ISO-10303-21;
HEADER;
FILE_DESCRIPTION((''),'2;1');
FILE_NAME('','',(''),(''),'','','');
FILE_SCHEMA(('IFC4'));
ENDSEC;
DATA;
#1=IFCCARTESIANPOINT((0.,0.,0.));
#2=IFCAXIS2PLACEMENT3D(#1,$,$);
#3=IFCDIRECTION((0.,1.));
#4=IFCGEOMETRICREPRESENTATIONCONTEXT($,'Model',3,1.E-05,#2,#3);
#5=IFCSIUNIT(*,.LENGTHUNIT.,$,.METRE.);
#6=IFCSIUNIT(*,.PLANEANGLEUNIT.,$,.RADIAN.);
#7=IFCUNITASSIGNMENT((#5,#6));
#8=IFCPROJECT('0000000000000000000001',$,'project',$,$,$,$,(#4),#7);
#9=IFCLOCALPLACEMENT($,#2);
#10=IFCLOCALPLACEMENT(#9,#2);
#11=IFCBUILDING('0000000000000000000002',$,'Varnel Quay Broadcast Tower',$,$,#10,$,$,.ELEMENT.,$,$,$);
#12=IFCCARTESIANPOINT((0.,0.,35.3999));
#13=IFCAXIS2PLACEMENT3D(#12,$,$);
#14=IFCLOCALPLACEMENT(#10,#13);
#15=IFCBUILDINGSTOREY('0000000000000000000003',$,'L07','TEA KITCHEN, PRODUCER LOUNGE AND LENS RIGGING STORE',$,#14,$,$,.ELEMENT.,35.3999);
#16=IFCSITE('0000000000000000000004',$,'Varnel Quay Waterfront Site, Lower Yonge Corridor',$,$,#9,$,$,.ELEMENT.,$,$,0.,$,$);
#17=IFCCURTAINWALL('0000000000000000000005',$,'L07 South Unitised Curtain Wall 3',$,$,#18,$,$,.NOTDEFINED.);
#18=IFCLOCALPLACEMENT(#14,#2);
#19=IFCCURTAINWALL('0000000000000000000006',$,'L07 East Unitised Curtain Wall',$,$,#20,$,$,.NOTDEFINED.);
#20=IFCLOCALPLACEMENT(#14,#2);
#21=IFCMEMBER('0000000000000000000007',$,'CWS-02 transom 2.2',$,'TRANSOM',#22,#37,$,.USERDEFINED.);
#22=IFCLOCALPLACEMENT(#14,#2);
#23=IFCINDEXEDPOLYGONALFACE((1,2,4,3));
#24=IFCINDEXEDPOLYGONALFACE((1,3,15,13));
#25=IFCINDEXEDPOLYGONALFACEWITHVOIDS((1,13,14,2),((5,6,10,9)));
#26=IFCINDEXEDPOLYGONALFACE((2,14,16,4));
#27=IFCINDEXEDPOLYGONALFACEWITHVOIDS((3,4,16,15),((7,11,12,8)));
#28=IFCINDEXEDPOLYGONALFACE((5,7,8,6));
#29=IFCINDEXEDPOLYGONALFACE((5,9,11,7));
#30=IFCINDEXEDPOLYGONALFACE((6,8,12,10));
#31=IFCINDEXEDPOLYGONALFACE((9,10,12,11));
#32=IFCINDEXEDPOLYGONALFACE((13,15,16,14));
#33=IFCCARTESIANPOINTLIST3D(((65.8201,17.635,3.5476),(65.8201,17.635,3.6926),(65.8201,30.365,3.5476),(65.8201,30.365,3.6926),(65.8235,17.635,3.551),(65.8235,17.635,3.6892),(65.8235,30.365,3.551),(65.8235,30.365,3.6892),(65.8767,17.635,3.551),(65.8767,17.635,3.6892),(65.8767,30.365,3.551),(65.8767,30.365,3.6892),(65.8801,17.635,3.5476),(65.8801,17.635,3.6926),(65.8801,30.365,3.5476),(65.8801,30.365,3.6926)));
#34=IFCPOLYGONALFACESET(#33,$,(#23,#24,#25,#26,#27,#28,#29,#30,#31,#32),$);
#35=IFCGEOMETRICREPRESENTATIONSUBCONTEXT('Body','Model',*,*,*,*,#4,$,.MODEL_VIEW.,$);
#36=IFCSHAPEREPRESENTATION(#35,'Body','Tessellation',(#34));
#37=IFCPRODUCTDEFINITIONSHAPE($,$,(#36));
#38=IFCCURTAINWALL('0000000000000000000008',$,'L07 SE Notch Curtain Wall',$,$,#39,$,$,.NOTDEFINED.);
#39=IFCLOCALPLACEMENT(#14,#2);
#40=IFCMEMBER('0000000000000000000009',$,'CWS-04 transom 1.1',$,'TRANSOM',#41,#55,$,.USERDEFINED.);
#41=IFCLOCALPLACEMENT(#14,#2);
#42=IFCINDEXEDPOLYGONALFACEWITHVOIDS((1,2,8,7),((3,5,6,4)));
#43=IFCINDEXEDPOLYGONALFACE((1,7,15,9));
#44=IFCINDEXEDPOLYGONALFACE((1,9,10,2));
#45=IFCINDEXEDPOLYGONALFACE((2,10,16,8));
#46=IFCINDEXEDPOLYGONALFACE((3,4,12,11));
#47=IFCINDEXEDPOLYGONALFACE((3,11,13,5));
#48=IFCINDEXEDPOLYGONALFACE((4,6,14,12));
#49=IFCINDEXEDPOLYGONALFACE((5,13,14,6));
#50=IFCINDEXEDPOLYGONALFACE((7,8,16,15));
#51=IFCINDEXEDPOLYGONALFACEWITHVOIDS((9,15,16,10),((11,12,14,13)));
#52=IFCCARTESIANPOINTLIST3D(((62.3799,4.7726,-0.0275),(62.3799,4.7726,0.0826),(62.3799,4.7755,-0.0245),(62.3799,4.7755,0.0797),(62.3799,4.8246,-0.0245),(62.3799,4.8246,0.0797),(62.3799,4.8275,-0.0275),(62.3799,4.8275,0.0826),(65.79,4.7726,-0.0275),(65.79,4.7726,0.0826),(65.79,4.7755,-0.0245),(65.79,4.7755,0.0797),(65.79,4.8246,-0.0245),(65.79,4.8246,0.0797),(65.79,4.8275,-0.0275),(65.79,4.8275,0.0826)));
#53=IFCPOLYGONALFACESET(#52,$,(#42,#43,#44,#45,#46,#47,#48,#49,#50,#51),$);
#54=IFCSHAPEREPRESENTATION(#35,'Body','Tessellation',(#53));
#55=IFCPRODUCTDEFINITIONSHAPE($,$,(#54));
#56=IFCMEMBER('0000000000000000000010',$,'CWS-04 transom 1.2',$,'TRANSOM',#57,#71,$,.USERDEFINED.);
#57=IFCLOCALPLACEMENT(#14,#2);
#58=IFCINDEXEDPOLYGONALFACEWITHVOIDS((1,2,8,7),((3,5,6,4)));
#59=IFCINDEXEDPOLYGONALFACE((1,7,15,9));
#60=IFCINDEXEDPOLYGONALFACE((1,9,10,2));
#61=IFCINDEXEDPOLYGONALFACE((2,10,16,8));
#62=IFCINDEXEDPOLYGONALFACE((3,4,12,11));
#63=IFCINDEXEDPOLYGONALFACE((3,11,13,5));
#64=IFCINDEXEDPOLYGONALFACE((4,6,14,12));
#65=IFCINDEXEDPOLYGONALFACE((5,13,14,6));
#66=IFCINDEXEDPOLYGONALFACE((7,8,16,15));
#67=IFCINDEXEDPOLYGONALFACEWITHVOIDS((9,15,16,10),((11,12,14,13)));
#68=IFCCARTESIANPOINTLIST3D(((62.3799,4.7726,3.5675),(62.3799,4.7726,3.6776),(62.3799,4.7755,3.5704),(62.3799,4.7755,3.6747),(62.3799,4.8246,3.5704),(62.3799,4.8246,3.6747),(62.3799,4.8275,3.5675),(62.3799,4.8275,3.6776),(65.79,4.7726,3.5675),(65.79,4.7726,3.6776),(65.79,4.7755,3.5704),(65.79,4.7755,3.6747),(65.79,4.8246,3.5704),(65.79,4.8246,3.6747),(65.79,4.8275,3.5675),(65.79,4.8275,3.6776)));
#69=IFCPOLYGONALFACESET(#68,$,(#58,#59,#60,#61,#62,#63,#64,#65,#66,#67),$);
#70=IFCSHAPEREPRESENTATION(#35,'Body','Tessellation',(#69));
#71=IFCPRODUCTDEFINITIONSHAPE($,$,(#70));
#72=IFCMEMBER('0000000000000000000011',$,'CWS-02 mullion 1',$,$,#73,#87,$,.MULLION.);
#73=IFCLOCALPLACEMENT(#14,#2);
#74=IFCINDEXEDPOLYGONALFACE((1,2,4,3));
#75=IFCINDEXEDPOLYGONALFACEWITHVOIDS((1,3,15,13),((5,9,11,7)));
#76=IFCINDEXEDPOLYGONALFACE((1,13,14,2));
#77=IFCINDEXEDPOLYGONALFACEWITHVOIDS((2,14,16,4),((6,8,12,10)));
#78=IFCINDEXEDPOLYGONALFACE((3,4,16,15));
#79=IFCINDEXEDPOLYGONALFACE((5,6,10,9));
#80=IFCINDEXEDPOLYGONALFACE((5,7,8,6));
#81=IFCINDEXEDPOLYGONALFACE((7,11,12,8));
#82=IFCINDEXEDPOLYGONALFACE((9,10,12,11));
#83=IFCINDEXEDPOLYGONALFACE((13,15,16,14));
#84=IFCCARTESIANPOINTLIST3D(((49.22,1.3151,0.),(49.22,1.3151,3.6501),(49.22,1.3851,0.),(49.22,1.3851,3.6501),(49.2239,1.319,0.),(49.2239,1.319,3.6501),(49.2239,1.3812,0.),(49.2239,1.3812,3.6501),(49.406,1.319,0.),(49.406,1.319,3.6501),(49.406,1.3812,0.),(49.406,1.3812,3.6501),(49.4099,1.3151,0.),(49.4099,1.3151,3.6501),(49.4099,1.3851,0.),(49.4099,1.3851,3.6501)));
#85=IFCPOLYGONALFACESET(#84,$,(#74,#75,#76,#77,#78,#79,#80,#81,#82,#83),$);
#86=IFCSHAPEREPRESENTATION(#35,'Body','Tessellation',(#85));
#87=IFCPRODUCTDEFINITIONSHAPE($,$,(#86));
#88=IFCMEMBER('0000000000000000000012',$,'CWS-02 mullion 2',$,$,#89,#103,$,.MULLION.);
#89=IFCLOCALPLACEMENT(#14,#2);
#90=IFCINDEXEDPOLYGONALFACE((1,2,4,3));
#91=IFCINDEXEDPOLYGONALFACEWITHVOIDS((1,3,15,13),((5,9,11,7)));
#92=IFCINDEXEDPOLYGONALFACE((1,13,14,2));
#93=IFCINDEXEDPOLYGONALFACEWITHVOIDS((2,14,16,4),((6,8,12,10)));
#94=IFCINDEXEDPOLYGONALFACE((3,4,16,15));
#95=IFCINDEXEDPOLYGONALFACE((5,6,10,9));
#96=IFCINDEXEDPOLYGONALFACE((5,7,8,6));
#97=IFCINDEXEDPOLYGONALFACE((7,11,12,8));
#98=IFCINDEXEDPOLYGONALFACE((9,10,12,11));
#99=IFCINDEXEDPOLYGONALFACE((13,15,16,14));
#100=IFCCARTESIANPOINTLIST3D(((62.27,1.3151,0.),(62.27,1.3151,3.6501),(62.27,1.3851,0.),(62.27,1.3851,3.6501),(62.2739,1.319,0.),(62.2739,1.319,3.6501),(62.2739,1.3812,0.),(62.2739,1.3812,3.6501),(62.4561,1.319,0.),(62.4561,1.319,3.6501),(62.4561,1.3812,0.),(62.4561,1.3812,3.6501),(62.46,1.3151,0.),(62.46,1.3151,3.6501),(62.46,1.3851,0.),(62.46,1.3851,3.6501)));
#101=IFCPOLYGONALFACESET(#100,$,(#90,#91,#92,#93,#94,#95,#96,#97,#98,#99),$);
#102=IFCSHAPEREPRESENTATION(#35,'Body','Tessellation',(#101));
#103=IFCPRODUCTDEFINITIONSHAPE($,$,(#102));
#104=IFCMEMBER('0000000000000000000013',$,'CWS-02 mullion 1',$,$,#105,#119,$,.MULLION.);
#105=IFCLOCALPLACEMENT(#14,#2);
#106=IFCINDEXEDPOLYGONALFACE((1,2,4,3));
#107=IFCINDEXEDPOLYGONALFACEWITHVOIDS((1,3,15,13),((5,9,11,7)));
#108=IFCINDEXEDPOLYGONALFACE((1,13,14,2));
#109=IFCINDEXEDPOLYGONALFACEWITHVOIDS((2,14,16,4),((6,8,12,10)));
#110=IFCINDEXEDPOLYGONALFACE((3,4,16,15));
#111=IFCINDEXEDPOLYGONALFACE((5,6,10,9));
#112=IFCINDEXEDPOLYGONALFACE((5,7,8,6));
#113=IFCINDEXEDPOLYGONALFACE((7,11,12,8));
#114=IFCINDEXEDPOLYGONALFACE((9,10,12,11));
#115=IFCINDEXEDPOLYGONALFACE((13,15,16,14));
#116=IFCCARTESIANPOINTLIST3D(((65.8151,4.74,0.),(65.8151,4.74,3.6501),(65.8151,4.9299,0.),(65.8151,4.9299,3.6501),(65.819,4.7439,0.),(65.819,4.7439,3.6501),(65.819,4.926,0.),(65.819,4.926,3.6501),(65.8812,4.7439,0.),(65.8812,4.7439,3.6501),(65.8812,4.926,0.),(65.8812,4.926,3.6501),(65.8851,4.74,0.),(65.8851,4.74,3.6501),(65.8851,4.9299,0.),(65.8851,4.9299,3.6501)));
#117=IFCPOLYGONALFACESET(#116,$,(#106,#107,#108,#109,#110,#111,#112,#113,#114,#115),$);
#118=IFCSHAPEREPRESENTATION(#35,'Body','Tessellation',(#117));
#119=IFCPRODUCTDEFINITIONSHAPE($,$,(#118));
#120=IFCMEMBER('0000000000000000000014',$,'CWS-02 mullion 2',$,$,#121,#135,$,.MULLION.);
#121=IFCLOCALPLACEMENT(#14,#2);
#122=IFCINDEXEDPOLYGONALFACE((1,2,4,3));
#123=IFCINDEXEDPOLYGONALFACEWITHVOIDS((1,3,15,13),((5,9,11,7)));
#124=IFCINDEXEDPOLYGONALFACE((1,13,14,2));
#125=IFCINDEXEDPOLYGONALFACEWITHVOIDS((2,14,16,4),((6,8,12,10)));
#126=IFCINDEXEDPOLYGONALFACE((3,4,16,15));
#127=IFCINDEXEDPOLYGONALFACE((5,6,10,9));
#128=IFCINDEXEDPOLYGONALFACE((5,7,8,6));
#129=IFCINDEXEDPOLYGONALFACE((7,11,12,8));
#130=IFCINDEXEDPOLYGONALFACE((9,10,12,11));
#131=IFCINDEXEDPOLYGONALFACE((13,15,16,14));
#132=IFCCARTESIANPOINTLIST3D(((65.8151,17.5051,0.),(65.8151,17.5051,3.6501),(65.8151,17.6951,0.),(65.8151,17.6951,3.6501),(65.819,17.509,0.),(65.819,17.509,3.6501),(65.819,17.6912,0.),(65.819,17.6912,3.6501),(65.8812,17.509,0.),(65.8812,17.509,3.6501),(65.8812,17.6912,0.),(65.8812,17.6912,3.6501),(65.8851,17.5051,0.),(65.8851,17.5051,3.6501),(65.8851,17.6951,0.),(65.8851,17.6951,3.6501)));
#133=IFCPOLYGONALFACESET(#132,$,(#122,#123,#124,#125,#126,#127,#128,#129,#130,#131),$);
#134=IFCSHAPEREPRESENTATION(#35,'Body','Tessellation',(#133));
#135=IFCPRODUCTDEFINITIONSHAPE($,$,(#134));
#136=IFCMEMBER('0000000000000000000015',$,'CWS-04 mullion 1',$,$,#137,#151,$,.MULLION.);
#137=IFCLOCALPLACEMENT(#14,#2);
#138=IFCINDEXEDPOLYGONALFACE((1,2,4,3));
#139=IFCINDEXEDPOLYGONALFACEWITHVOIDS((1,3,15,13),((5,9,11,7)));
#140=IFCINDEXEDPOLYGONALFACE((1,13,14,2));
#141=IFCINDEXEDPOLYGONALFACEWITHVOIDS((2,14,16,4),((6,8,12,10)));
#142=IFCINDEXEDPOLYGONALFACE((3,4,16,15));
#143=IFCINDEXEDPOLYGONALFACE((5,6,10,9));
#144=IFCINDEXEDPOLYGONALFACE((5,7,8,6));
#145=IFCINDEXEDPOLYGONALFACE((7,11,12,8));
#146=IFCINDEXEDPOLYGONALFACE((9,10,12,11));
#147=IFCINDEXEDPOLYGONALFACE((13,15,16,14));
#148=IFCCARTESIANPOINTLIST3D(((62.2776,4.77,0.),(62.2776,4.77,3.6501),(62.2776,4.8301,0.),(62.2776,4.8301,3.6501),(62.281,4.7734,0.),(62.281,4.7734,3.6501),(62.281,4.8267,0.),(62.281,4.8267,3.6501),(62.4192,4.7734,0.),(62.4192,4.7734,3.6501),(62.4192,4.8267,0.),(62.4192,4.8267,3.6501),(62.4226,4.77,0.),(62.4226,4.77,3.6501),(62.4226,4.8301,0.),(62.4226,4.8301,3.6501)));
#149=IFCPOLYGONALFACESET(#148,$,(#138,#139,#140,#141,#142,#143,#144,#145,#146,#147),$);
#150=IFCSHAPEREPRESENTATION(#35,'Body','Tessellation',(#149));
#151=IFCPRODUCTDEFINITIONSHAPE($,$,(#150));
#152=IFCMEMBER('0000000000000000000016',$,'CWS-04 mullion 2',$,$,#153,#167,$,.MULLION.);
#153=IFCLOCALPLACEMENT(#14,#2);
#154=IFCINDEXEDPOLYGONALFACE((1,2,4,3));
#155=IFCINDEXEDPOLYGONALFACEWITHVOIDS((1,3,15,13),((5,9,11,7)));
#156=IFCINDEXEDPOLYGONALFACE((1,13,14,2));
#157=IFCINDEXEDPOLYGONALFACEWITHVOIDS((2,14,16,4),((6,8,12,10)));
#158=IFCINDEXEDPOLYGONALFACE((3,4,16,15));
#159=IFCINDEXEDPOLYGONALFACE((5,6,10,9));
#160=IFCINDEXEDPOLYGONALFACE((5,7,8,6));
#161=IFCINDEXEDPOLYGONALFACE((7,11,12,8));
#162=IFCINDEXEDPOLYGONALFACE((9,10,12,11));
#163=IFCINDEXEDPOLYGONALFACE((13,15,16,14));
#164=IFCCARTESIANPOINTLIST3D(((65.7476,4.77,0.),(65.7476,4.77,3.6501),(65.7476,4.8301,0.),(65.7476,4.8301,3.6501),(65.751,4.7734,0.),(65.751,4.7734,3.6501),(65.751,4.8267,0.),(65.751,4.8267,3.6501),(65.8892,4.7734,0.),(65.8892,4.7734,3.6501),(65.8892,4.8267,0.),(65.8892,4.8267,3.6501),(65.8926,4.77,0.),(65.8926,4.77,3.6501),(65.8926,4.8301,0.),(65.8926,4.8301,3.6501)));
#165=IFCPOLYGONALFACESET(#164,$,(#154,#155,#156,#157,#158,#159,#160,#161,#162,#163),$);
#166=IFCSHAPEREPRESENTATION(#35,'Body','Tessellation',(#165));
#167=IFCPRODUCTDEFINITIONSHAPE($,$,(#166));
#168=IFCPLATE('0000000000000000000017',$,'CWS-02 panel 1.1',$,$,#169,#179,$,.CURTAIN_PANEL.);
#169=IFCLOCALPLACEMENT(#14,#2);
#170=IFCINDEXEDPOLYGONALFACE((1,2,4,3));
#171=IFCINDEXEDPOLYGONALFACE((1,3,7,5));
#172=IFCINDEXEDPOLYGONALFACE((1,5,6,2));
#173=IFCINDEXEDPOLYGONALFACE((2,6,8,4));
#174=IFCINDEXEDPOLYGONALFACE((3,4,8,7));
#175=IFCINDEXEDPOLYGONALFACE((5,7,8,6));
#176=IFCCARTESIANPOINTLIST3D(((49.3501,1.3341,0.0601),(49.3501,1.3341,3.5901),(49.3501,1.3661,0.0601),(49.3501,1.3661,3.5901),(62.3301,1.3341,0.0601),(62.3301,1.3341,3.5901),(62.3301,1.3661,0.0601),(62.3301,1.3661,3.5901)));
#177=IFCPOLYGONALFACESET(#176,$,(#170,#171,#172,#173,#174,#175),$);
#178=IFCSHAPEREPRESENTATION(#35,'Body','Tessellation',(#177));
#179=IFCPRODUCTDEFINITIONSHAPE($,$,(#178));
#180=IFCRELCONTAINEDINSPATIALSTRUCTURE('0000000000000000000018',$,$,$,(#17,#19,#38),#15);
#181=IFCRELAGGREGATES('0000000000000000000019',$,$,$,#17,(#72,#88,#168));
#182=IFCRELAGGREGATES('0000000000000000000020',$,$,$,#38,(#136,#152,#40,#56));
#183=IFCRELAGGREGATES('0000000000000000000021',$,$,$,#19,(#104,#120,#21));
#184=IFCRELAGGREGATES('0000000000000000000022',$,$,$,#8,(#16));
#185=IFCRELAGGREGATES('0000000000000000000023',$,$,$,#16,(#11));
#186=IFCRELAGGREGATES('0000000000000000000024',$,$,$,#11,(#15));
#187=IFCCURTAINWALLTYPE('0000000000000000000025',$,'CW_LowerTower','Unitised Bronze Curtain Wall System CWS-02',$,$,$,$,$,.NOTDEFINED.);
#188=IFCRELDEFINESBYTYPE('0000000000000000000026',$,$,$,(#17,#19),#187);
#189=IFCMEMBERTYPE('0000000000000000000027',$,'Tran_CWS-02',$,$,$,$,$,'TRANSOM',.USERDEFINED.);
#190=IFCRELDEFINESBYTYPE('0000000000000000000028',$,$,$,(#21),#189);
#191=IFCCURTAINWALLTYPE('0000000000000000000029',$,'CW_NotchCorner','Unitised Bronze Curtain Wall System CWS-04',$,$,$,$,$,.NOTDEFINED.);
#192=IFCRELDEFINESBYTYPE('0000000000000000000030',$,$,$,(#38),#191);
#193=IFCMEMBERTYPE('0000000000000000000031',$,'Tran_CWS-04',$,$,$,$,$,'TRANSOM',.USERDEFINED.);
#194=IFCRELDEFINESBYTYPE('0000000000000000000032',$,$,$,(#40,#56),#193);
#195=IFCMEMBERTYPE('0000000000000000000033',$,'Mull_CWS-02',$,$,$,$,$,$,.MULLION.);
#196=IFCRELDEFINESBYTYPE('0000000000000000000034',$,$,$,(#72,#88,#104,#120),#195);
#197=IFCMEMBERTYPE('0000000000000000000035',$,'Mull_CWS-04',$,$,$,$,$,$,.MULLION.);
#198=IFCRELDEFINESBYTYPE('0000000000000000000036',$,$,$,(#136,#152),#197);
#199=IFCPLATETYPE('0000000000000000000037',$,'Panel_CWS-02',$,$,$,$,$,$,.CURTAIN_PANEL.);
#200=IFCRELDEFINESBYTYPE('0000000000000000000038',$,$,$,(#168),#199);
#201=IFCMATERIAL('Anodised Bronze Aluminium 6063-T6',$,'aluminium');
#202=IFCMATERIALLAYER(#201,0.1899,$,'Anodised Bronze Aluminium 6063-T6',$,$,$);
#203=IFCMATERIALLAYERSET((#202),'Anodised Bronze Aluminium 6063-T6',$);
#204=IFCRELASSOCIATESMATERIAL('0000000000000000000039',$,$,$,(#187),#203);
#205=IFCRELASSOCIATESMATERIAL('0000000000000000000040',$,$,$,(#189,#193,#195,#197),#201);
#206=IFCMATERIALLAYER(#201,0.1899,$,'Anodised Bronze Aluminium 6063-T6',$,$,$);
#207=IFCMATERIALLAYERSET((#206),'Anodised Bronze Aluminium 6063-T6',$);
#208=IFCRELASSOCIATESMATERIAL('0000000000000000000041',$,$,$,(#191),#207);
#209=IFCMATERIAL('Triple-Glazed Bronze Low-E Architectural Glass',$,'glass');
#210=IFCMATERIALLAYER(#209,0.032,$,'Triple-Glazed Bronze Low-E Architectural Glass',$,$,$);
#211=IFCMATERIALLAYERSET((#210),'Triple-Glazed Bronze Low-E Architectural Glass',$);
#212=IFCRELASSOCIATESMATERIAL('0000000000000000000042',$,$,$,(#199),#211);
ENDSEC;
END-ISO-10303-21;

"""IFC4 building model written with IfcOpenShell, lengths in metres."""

from ifc_helpers import new_model, si_unit, direction, frame, origin, origin_2d, place, context, subcontext, project, spatial, rectangle, hollow_rectangle, extrude, source, transform, mapped, material, layer, layer_set, material_profile, profile_set, type_object, type_shapes, element, aggregate, save


model = new_model("IFC4")

# Units and contexts
model_context = context("Model", 3, precision=1e-05, world=origin(), true_north=direction((0.0, 1.0)))
body_context = subcontext(model_context, "Body", "Model", "MODEL_VIEW")
ifc_project = project(units=[si_unit("LENGTHUNIT", "METRE"), si_unit("PLANEANGLEUNIT", "RADIAN")], contexts=[model_context])

# Site, building, storey
site_placement = place(None, origin())
site = spatial("IfcSite", under=ifc_project, at=site_placement, Name="Varnel Quay Waterfront Site, Lower Yonge Corridor", CompositionType="ELEMENT", RefElevation=0.0)
building_placement = place(site_placement, origin())
building = spatial("IfcBuilding", under=site, at=building_placement, Name="Varnel Quay Broadcast Tower", CompositionType="ELEMENT")
storey_placement = place(building_placement, frame((0.0, 0.0, 35.3999)))
storey = spatial("IfcBuildingStorey", under=building, at=storey_placement, Name="L07", Description="TEA KITCHEN, PRODUCER LOUNGE AND LENS RIGGING STORE", CompositionType="ELEMENT", Elevation=35.3999)

# Curtain walls, members
ifc_material_1 = material(Name="Anodised Bronze Aluminium 6063-T6", Category="aluminium")
ifc_layer_1 = layer(ifc_material_1, 0.1899, Name="Anodised Bronze Aluminium 6063-T6")
ifc_layer_set_1 = layer_set([ifc_layer_1], Name="Anodised Bronze Aluminium 6063-T6")
curtain_wall_type_1 = type_object("IfcCurtainWallType", Name="CW_LowerTower", Description="Unitised Bronze Curtain Wall System CWS-02", PredefinedType="NOTDEFINED", material=ifc_layer_set_1)
curtain_wall_1_placement = place(storey_placement, origin())
curtain_wall_1 = element("IfcCurtainWall", 1, at=curtain_wall_1_placement, inside=storey, type_object=curtain_wall_type_1, Name="L07 South Unitised Curtain Wall 3", PredefinedType="NOTDEFINED")
ifc_material_profile_1 = material_profile(ifc_material_1, hollow_rectangle(XDim=0.0601, YDim=0.145, WallThickness=0.0034, at=origin_2d()), Name="ALU60X145X3.5")
ifc_profile_set_1 = profile_set([ifc_material_profile_1], Name="Anodised Bronze Aluminium 6063-T6")
member_type_1 = type_object("IfcMemberType", Name="Tran_CWS-02", ElementType="TRANSOM", PredefinedType="USERDEFINED", material=ifc_profile_set_1)
curtain_wall_2_placement = place(storey_placement, origin())
curtain_wall_2 = element("IfcCurtainWall", 2, at=curtain_wall_2_placement, inside=storey, type_object=curtain_wall_type_1, Name="L07 East Unitised Curtain Wall", PredefinedType="NOTDEFINED")
shared_shape_1 = source(origin(), body_context, "Body", "SweptSolid", [
    extrude(hollow_rectangle(XDim=0.0601, YDim=0.145, WallThickness=0.0034, at=origin_2d()), origin(), (0.0, 0.0, 1.0), 12.73),
])
member_1_placement = place(storey_placement, frame((65.8501, 17.635, 3.6201), z_axis=(0.0, 1.0, 0.0), x_axis=(-1.0, 0.0, 0.0)))
member_1 = element("IfcMember", 3, at=member_1_placement, type_object=member_type_1, Name="CWS-02 transom 2.2", ObjectType="TRANSOM", PredefinedType="USERDEFINED", context=body_context, shape_type="MappedRepresentation", body=[
    mapped(shared_shape_1, transform((0.0, 0.0, 0.0), x_axis=(1.0, 0.0, 0.0), y_axis=(0.0, 1.0, 0.0), z_axis=(0.0, 0.0, 1.0), scale=1.0)),
])
ifc_layer_2 = layer(ifc_material_1, 0.1899, Name="Anodised Bronze Aluminium 6063-T6")
ifc_layer_set_2 = layer_set([ifc_layer_2], Name="Anodised Bronze Aluminium 6063-T6")
curtain_wall_type_2 = type_object("IfcCurtainWallType", Name="CW_NotchCorner", Description="Unitised Bronze Curtain Wall System CWS-04", PredefinedType="NOTDEFINED", material=ifc_layer_set_2)
curtain_wall_3_placement = place(storey_placement, origin())
curtain_wall_3 = element("IfcCurtainWall", 4, at=curtain_wall_3_placement, inside=storey, type_object=curtain_wall_type_2, Name="L07 SE Notch Curtain Wall", PredefinedType="NOTDEFINED")
ifc_material_profile_2 = material_profile(ifc_material_1, hollow_rectangle(XDim=0.0549, YDim=0.1101, WallThickness=0.0029, at=origin_2d()), Name="ALU55X110X3")
ifc_profile_set_2 = profile_set([ifc_material_profile_2], Name="Anodised Bronze Aluminium 6063-T6")
member_type_2 = type_object("IfcMemberType", Name="Tran_CWS-04", ElementType="TRANSOM", PredefinedType="USERDEFINED", material=ifc_profile_set_2)
shared_shape_2 = source(origin(), body_context, "Body", "SweptSolid", [
    extrude(hollow_rectangle(XDim=0.0549, YDim=0.1101, WallThickness=0.0029, at=origin_2d()), origin(), (0.0, 0.0, 1.0), 3.4102),
])
type_shapes(member_type_2, [shared_shape_2])
member_2_placement = place(storey_placement, frame((62.3799, 4.8, 0.0276), z_axis=(1.0, 0.0, 0.0), x_axis=(0.0, 1.0, 0.0)))
member_2 = element("IfcMember", 5, at=member_2_placement, type_object=member_type_2, Name="CWS-04 transom 1.1", ObjectType="TRANSOM", PredefinedType="USERDEFINED", context=body_context, shape_type="MappedRepresentation", body=[
    mapped(shared_shape_2, transform((0.0, 0.0, 0.0), x_axis=(1.0, 0.0, 0.0), y_axis=(0.0, 1.0, 0.0), z_axis=(0.0, 0.0, 1.0), scale=1.0)),
])
member_3_placement = place(storey_placement, frame((62.3799, 4.8, 3.6226), z_axis=(1.0, 0.0, 0.0), x_axis=(0.0, 1.0, 0.0)))
member_3 = element("IfcMember", 6, at=member_3_placement, type_object=member_type_2, Name="CWS-04 transom 1.2", ObjectType="TRANSOM", PredefinedType="USERDEFINED", context=body_context, shape_type="MappedRepresentation", body=[
    mapped(shared_shape_2, transform((0.0, 0.0, 0.0), x_axis=(1.0, 0.0, 0.0), y_axis=(0.0, 1.0, 0.0), z_axis=(0.0, 0.0, 1.0), scale=1.0)),
])

# Members
ifc_material_profile_3 = material_profile(ifc_material_1, hollow_rectangle(XDim=0.0701, YDim=0.1899, WallThickness=0.0039, at=origin_2d()), Name="ALU70X190X4")
ifc_profile_set_3 = profile_set([ifc_material_profile_3], Name="Anodised Bronze Aluminium 6063-T6")
member_type_3 = type_object("IfcMemberType", Name="Mull_CWS-02", PredefinedType="MULLION", material=ifc_profile_set_3)
shared_shape_3 = source(origin(), body_context, "Body", "SweptSolid", [
    extrude(hollow_rectangle(XDim=0.0701, YDim=0.1899, WallThickness=0.0039, at=origin_2d()), origin(), (0.0, 0.0, 1.0), 3.6501),
])
type_shapes(member_type_3, [shared_shape_3])
member_4_placement = place(storey_placement, frame((49.3149, 1.3501, 0.0), z_axis=(0.0, 0.0, 1.0), x_axis=(0.0, 1.0, 0.0)))
member_4 = element("IfcMember", 7, at=member_4_placement, type_object=member_type_3, Name="CWS-02 mullion 1", PredefinedType="MULLION", context=body_context, shape_type="MappedRepresentation", body=[
    mapped(shared_shape_3, transform((0.0, 0.0, 0.0), x_axis=(1.0, 0.0, 0.0), y_axis=(0.0, 1.0, 0.0), z_axis=(0.0, 0.0, 1.0), scale=1.0)),
])
member_5_placement = place(storey_placement, frame((62.365, 1.3501, 0.0), z_axis=(0.0, 0.0, 1.0), x_axis=(0.0, 1.0, 0.0)))
member_5 = element("IfcMember", 8, at=member_5_placement, type_object=member_type_3, Name="CWS-02 mullion 2", PredefinedType="MULLION", context=body_context, shape_type="MappedRepresentation", body=[
    mapped(shared_shape_3, transform((0.0, 0.0, 0.0), x_axis=(1.0, 0.0, 0.0), y_axis=(0.0, 1.0, 0.0), z_axis=(0.0, 0.0, 1.0), scale=1.0)),
])
member_6_placement = place(storey_placement, frame((65.8501, 4.835, 0.0), z_axis=(0.0, 0.0, 1.0), x_axis=(-1.0, 0.0, 0.0)))
member_6 = element("IfcMember", 9, at=member_6_placement, type_object=member_type_3, Name="CWS-02 mullion 1", PredefinedType="MULLION", context=body_context, shape_type="MappedRepresentation", body=[
    mapped(shared_shape_3, transform((0.0, 0.0, 0.0), x_axis=(1.0, 0.0, 0.0), y_axis=(0.0, 1.0, 0.0), z_axis=(0.0, 0.0, 1.0), scale=1.0)),
])
member_7_placement = place(storey_placement, frame((65.8501, 17.6001, 0.0), z_axis=(0.0, 0.0, 1.0), x_axis=(-1.0, 0.0, 0.0)))
member_7 = element("IfcMember", 10, at=member_7_placement, type_object=member_type_3, Name="CWS-02 mullion 2", PredefinedType="MULLION", context=body_context, shape_type="MappedRepresentation", body=[
    mapped(shared_shape_3, transform((0.0, 0.0, 0.0), x_axis=(1.0, 0.0, 0.0), y_axis=(0.0, 1.0, 0.0), z_axis=(0.0, 0.0, 1.0), scale=1.0)),
])
ifc_material_profile_4 = material_profile(ifc_material_1, hollow_rectangle(XDim=0.0601, YDim=0.145, WallThickness=0.0034, at=origin_2d()), Name="ALU60X145X3.5")
ifc_profile_set_4 = profile_set([ifc_material_profile_4], Name="Anodised Bronze Aluminium 6063-T6")
member_type_4 = type_object("IfcMemberType", Name="Mull_CWS-04", PredefinedType="MULLION", material=ifc_profile_set_4)
shared_shape_4 = source(origin(), body_context, "Body", "SweptSolid", [
    extrude(hollow_rectangle(XDim=0.0601, YDim=0.145, WallThickness=0.0034, at=origin_2d()), origin(), (0.0, 0.0, 1.0), 3.6501),
])
type_shapes(member_type_4, [shared_shape_4])
member_8_placement = place(storey_placement, frame((62.3501, 4.8, 0.0), z_axis=(0.0, 0.0, 1.0), x_axis=(0.0, 1.0, 0.0)))
member_8 = element("IfcMember", 11, at=member_8_placement, type_object=member_type_4, Name="CWS-04 mullion 1", PredefinedType="MULLION", context=body_context, shape_type="MappedRepresentation", body=[
    mapped(shared_shape_4, transform((0.0, 0.0, 0.0), x_axis=(1.0, 0.0, 0.0), y_axis=(0.0, 1.0, 0.0), z_axis=(0.0, 0.0, 1.0), scale=1.0)),
])
member_9_placement = place(storey_placement, frame((65.8201, 4.8, 0.0), z_axis=(0.0, 0.0, 1.0), x_axis=(0.0, 1.0, 0.0)))
member_9 = element("IfcMember", 12, at=member_9_placement, type_object=member_type_4, Name="CWS-04 mullion 2", PredefinedType="MULLION", context=body_context, shape_type="MappedRepresentation", body=[
    mapped(shared_shape_4, transform((0.0, 0.0, 0.0), x_axis=(1.0, 0.0, 0.0), y_axis=(0.0, 1.0, 0.0), z_axis=(0.0, 0.0, 1.0), scale=1.0)),
])

# Plate
ifc_material_2 = material(Name="Triple-Glazed Bronze Low-E Architectural Glass", Category="glass")
ifc_layer_3 = layer(ifc_material_2, 0.032, Name="Triple-Glazed Bronze Low-E Architectural Glass")
ifc_layer_set_3 = layer_set([ifc_layer_3], Name="Triple-Glazed Bronze Low-E Architectural Glass")
plate_type_1 = type_object("IfcPlateType", Name="Panel_CWS-02", PredefinedType="CURTAIN_PANEL", material=ifc_layer_set_3)
shared_shape_5 = source(origin(), body_context, "Body", "SweptSolid", [
    extrude(rectangle(XDim=12.98, YDim=0.032, at=origin_2d()), origin(), (0.0, 0.0, 1.0), 3.53),
])
plate_1_placement = place(storey_placement, frame((55.8401, 1.3501, 0.0601), z_axis=(0.0, 0.0, 1.0), x_axis=(1.0, 0.0, 0.0)))
plate_1 = element("IfcPlate", 13, at=plate_1_placement, type_object=plate_type_1, Name="CWS-02 panel 1.1", PredefinedType="CURTAIN_PANEL", context=body_context, shape_type="MappedRepresentation", body=[
    mapped(shared_shape_5, transform((0.0, 0.0, 0.0), x_axis=(1.0, 0.0, 0.0), y_axis=(0.0, 1.0, 0.0), z_axis=(0.0, 0.0, 1.0), scale=1.0)),
])
aggregate(curtain_wall_1, [member_4, member_5, plate_1])
aggregate(curtain_wall_3, [member_8, member_9, member_2, member_3])
aggregate(curtain_wall_2, [member_6, member_7, member_1])

save(model, "model.ifc")
